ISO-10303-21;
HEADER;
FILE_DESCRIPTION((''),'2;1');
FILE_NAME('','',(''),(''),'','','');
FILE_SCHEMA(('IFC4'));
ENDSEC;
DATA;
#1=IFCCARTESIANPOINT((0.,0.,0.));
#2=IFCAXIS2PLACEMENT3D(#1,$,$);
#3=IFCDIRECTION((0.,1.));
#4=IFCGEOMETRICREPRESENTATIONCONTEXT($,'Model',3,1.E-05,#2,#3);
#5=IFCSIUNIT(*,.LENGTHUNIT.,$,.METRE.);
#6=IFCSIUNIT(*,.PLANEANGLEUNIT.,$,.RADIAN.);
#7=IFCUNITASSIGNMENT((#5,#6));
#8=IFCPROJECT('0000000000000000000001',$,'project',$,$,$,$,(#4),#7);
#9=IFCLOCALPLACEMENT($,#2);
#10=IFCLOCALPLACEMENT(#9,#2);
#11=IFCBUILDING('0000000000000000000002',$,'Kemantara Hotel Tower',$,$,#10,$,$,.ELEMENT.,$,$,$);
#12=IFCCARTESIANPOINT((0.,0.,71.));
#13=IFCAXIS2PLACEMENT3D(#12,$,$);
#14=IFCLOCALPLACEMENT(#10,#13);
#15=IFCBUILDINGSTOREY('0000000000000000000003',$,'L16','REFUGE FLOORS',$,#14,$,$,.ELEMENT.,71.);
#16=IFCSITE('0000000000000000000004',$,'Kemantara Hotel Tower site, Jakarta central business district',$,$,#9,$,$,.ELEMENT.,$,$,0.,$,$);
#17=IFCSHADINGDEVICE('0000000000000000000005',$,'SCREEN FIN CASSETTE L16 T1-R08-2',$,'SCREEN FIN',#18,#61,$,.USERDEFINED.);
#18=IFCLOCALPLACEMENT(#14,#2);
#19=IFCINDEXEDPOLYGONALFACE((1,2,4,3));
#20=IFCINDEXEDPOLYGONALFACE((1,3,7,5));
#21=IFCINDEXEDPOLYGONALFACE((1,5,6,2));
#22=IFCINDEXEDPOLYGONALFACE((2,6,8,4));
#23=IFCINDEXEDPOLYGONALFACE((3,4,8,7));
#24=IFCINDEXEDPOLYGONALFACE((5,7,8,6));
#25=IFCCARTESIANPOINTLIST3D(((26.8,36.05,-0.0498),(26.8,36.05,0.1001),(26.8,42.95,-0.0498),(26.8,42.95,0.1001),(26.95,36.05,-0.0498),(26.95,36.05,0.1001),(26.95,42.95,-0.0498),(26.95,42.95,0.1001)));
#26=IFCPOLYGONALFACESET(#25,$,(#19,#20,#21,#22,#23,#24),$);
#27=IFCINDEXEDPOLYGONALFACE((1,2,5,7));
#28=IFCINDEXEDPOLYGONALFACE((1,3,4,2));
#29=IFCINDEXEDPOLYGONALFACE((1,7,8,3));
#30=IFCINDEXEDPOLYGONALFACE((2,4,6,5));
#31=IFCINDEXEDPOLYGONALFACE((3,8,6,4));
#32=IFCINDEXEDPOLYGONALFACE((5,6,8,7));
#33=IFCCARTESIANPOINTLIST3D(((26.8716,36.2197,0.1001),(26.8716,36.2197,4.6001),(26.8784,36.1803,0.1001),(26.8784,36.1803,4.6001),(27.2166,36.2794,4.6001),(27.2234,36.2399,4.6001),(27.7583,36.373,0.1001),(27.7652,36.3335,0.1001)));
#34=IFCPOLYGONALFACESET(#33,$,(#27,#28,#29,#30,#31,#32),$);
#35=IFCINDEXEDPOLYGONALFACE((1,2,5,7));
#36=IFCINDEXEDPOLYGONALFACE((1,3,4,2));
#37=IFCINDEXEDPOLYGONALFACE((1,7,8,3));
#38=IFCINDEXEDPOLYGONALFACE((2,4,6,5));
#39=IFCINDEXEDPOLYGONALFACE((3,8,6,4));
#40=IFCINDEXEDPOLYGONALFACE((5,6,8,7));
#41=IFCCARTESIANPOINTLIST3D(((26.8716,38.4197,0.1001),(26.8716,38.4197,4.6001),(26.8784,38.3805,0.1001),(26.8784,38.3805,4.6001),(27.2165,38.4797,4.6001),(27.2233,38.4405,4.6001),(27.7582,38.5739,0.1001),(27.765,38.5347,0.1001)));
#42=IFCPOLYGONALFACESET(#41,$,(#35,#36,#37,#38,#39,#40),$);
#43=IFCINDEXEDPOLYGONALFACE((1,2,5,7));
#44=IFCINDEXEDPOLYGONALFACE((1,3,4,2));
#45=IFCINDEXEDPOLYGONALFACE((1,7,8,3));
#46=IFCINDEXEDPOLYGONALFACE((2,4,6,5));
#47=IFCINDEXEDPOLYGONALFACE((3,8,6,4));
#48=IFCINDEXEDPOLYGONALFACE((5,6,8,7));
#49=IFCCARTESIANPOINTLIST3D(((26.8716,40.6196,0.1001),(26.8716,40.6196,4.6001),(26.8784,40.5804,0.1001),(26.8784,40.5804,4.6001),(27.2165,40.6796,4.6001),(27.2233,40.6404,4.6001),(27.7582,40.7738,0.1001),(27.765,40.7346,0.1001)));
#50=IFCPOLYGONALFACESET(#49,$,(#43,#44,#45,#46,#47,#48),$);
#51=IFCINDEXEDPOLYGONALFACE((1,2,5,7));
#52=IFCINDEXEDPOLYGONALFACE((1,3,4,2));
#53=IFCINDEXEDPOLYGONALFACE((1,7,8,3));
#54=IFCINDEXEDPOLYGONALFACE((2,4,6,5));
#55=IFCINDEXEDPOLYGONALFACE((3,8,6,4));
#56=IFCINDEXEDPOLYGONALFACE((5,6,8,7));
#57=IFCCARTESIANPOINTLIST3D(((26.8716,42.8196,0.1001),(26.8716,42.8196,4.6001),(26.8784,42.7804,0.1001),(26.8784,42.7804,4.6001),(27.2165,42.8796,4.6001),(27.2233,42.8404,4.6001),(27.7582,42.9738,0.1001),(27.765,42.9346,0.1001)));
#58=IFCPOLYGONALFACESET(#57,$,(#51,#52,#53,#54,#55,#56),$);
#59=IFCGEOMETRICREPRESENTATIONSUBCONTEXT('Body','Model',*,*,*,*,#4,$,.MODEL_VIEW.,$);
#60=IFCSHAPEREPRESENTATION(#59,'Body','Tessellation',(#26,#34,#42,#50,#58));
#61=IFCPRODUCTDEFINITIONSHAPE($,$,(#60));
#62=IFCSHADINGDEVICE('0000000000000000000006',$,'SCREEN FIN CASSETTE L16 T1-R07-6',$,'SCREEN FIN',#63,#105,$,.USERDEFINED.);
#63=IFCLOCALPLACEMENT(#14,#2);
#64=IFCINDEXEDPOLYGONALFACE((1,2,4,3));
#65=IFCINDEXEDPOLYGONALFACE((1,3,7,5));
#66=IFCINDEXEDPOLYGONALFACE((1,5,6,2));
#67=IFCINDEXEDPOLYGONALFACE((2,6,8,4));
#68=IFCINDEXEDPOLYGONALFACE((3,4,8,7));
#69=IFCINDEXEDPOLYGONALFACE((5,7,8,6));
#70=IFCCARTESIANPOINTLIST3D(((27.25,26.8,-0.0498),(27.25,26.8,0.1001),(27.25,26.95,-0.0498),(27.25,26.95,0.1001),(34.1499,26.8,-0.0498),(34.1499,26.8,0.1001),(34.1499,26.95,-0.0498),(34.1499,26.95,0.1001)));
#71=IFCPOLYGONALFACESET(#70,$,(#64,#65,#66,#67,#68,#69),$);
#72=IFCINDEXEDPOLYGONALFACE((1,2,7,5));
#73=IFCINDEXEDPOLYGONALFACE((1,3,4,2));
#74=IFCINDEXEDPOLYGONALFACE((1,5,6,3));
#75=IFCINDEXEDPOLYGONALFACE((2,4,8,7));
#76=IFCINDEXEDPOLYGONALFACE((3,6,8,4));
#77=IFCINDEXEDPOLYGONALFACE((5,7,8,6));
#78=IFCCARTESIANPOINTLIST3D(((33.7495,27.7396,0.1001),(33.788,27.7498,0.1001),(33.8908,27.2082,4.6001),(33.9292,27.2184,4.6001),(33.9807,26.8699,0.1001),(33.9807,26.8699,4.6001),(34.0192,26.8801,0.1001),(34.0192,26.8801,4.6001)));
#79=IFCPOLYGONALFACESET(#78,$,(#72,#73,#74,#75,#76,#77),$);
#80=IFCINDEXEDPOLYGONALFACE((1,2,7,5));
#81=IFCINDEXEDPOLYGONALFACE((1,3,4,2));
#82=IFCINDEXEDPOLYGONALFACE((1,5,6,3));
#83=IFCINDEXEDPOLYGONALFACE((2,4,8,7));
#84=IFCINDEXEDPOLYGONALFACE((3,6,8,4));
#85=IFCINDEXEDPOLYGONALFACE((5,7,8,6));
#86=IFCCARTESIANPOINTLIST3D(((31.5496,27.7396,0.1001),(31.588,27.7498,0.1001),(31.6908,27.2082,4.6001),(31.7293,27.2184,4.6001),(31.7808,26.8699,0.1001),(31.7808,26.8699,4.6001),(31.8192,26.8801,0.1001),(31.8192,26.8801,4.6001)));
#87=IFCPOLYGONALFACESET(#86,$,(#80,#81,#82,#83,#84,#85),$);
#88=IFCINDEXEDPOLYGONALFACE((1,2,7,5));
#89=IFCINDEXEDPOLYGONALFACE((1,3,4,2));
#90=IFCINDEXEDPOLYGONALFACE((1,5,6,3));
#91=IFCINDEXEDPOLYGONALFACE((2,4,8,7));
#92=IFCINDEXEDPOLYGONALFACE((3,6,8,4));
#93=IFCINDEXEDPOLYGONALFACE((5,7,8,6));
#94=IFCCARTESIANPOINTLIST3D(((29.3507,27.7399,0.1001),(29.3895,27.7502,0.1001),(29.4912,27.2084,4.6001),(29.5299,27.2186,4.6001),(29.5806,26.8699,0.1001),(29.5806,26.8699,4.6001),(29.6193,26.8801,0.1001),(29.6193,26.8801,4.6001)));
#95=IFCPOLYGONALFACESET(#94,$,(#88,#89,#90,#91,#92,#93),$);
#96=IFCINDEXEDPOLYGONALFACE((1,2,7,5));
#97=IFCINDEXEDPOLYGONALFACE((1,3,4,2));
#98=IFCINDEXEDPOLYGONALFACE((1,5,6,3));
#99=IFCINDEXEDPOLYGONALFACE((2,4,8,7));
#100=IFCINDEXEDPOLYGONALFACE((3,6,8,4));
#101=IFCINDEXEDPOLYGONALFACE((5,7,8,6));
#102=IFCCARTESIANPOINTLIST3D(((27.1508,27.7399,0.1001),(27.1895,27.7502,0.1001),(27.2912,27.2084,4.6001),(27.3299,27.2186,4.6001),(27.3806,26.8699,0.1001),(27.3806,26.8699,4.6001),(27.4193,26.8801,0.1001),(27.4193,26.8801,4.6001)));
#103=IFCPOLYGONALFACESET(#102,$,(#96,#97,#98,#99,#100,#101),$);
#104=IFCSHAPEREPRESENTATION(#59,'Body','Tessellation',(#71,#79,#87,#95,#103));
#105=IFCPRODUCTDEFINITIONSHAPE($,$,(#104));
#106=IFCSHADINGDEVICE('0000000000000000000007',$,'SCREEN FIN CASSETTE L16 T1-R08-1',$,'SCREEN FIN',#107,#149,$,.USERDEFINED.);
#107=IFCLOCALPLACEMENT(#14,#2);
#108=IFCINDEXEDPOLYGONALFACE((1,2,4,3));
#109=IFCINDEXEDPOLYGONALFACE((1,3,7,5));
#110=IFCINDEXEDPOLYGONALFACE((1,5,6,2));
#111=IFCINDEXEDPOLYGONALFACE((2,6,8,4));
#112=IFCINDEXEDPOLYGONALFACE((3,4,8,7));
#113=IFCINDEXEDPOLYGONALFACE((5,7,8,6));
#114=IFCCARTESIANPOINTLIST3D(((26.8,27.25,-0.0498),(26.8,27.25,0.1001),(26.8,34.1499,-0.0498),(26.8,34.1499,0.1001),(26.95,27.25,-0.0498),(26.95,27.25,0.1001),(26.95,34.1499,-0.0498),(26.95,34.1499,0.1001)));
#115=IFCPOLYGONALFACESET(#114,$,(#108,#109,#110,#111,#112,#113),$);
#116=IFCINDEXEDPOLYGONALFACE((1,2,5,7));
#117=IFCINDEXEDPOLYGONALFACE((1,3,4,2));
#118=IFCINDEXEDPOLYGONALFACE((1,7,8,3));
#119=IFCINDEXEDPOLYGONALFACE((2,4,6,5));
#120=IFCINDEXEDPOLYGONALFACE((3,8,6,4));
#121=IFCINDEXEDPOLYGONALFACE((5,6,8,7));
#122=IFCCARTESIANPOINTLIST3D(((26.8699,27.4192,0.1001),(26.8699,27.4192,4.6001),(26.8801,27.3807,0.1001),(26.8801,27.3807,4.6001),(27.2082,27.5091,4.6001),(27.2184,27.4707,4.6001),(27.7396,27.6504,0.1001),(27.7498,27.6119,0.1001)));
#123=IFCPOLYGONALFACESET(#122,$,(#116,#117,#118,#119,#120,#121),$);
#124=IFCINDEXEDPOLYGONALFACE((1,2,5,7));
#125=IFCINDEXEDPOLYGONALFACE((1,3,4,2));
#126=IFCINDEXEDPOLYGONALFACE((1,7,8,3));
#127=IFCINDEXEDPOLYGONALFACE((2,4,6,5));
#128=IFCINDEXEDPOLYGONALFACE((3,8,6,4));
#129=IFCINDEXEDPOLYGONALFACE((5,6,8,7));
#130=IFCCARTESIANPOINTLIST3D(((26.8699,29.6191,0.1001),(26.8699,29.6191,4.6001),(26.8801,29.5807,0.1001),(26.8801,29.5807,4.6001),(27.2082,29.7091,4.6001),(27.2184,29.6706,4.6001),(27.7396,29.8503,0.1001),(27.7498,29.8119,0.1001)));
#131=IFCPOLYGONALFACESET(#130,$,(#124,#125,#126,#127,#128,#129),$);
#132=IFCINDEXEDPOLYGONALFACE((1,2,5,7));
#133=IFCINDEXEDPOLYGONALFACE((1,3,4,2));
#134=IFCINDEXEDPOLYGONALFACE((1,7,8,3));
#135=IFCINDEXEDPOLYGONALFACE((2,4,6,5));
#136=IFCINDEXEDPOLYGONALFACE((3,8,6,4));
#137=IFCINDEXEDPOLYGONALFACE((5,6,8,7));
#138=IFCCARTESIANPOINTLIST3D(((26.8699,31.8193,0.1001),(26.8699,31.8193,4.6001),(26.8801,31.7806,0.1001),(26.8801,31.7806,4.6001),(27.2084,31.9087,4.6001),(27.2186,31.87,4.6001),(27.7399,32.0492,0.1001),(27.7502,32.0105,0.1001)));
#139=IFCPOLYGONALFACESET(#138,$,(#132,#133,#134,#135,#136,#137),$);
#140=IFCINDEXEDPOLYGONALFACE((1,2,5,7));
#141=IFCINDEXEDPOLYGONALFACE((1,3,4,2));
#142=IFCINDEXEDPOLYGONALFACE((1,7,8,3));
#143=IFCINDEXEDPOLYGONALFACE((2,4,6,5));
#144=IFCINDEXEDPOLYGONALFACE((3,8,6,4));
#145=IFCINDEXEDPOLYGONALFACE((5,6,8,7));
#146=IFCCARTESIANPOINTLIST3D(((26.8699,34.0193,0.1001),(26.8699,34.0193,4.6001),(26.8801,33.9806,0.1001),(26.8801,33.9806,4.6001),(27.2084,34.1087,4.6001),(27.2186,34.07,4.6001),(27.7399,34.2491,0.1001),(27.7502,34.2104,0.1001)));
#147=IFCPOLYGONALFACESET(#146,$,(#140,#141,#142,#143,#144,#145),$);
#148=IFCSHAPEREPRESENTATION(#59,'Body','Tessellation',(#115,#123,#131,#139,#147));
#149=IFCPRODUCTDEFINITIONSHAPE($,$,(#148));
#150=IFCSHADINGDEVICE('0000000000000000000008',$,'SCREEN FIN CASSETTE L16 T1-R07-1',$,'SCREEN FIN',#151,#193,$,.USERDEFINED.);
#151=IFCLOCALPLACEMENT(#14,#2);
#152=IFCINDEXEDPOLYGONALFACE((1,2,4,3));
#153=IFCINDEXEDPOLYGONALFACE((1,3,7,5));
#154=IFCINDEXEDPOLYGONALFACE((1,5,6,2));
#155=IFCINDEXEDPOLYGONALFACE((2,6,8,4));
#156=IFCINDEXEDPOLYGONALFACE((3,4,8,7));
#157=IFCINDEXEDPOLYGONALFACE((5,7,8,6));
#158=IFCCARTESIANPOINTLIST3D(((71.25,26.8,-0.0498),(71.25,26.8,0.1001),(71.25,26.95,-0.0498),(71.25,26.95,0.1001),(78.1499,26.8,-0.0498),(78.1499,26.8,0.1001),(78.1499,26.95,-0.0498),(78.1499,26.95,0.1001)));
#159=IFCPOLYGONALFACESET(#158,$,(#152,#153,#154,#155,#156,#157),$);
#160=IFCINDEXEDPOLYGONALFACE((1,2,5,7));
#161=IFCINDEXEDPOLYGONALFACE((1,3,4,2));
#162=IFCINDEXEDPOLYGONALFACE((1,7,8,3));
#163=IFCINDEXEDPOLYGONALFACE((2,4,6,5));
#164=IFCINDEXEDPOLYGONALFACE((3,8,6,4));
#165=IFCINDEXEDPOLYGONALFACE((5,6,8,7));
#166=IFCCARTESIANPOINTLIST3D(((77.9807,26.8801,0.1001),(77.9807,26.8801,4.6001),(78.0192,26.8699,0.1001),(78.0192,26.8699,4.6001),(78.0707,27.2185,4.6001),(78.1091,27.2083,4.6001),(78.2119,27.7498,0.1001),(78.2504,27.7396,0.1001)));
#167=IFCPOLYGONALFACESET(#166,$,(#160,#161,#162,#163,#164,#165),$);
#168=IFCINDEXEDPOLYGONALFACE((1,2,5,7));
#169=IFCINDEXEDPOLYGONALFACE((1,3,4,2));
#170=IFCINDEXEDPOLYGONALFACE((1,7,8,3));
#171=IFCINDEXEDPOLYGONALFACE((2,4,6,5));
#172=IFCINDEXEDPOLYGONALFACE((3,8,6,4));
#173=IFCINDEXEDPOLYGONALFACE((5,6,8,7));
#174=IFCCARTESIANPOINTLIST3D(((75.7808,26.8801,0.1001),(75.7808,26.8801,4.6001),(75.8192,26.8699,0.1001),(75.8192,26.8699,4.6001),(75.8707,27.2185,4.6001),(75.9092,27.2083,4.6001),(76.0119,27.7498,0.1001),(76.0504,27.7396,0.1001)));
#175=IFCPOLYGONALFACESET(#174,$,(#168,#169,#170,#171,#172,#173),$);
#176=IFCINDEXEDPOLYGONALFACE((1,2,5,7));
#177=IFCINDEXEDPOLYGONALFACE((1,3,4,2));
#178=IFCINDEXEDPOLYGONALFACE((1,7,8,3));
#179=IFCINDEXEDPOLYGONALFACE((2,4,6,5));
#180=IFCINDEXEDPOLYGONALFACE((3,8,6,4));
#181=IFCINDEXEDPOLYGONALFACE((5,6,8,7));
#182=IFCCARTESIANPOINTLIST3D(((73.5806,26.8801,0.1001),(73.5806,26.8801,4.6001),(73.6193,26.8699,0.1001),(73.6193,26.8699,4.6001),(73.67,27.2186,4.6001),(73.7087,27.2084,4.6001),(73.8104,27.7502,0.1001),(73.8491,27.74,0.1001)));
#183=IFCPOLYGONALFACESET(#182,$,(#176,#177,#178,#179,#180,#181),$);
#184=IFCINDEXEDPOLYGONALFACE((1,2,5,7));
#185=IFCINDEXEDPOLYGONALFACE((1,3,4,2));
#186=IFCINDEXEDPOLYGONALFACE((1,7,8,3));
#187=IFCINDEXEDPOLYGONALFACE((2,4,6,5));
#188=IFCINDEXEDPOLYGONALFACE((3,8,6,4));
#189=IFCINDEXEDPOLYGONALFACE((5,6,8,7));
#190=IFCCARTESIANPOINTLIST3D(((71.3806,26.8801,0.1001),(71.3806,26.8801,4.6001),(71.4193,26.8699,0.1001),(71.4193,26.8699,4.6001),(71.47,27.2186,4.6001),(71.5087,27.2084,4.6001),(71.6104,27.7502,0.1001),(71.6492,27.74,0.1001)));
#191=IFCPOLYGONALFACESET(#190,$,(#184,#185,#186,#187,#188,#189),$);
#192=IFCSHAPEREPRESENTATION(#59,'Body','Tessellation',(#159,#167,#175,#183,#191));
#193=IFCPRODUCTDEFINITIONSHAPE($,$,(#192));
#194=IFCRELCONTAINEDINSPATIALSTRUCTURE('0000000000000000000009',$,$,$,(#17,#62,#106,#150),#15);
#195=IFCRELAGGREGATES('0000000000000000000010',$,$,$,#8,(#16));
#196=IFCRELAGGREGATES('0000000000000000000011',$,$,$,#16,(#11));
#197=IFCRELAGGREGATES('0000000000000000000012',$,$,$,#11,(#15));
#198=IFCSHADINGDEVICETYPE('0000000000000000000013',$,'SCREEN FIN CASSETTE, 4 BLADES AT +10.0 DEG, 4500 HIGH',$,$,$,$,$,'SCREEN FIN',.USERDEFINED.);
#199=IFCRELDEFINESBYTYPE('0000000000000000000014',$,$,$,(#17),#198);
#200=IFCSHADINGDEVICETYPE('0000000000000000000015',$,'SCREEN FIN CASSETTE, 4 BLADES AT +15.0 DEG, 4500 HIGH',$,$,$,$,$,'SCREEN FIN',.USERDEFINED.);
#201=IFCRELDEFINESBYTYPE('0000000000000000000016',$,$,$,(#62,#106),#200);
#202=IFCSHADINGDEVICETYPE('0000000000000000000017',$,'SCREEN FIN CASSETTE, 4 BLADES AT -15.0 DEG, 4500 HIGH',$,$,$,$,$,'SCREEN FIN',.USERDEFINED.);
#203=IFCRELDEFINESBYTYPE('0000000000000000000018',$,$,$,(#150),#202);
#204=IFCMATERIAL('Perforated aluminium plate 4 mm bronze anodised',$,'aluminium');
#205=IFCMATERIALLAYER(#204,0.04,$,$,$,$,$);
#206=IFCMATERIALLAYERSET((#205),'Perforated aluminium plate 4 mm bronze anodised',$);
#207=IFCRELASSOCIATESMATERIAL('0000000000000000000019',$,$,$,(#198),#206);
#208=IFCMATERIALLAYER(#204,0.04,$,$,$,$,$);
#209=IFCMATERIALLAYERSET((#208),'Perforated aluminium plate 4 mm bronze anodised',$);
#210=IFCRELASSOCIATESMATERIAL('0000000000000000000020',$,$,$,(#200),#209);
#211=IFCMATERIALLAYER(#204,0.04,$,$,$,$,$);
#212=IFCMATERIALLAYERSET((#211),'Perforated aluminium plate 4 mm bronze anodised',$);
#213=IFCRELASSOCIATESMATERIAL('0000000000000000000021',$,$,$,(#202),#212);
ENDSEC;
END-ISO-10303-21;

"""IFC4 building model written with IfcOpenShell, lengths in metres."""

from ifc_helpers import new_model, si_unit, direction, frame, origin, origin_2d, place, context, subcontext, project, spatial, polyline, rectangle, outline, extrude, source, transform, mapped, material, layer, layer_set, type_object, element, save


model = new_model("IFC4")

# Units and contexts
model_context = context("Model", 3, precision=1e-05, world=origin(), true_north=direction((0.0, 1.0)))
body_context = subcontext(model_context, "Body", "Model", "MODEL_VIEW")
ifc_project = project(units=[si_unit("LENGTHUNIT", "METRE"), si_unit("PLANEANGLEUNIT", "RADIAN")], contexts=[model_context])

# Site, building, storey
site_placement = place(None, origin())
site = spatial("IfcSite", under=ifc_project, at=site_placement, Name="Kemantara Hotel Tower site, Jakarta central business district", CompositionType="ELEMENT", RefElevation=0.0)
building_placement = place(site_placement, origin())
building = spatial("IfcBuilding", under=site, at=building_placement, Name="Kemantara Hotel Tower", CompositionType="ELEMENT")
storey_placement = place(building_placement, frame((0.0, 0.0, 71.0)))
storey = spatial("IfcBuildingStorey", under=building, at=storey_placement, Name="L16", Description="REFUGE FLOORS", CompositionType="ELEMENT", Elevation=71.0)

# Shading devices
ifc_material_1 = material(Name="Perforated aluminium plate 4 mm bronze anodised", Category="aluminium")
ifc_layer_1 = layer(ifc_material_1, 0.04)
ifc_layer_set_1 = layer_set([ifc_layer_1], Name="Perforated aluminium plate 4 mm bronze anodised")
shading_device_type_1 = type_object("IfcShadingDeviceType", Name="SCREEN FIN CASSETTE, 4 BLADES AT +10.0 DEG, 4500 HIGH", ElementType="SCREEN FIN", PredefinedType="USERDEFINED", material=ifc_layer_set_1)
shared_shape_1 = source(origin(), body_context, "Body", "SweptSolid", [
    extrude(rectangle(XDim=6.8999, YDim=0.1499, at=origin_2d()), frame((3.3, -0.075, -0.1499), z_axis=(0.0, 0.0, 1.0), x_axis=(1.0, 0.0, 0.0)), (0.0, 0.0, 1.0), 0.1499),
    extrude(outline(polyline([(0.0, 0.0), (0.8999, 0.0), (0.3501, 4.5), (0.0, 4.5), (0.0, 0.0)])), frame((0.0198, -0.0715, 0.0), z_axis=(-0.98539, -0.170314, 0.0), x_axis=(0.170314, -0.98539, 0.0)), (0.0, 0.0, 1.0), 0.04),
    extrude(outline(polyline([(0.0, 0.0), (0.8999, 0.0), (0.3501, 4.5), (0.0, 4.5), (0.0, 0.0)])), frame((2.2197, -0.0715, 0.0), z_axis=(-0.985212, -0.171341, 0.0), x_axis=(0.171341, -0.985212, 0.0)), (0.0, 0.0, 1.0), 0.0398),
    extrude(outline(polyline([(0.0, 0.0), (0.8999, 0.0), (0.3501, 4.5), (0.0, 4.5), (0.0, 0.0)])), frame((4.4197, -0.0715, 0.0), z_axis=(-0.985212, -0.171341, 0.0), x_axis=(0.171341, -0.985212, 0.0)), (0.0, 0.0, 1.0), 0.0398),
    extrude(outline(polyline([(0.0, 0.0), (0.8999, 0.0), (0.3501, 4.5), (0.0, 4.5), (0.0, 0.0)])), frame((6.6196, -0.0715, 0.0), z_axis=(-0.985212, -0.171341, 0.0), x_axis=(0.171341, -0.985212, 0.0)), (0.0, 0.0, 1.0), 0.0398),
])
for number, where, z_axis, x_axis, name in (
    (1, (26.8, 36.2, 0.1001), (0.0, 0.0, 1.0), (0.0, 1.0, 0.0), "SCREEN FIN CASSETTE L16 T1-R08-2"),
):
    element("IfcShadingDevice", number, at=place(storey_placement, frame(where, z_axis=z_axis, x_axis=x_axis)), inside=storey, type_object=shading_device_type_1, Name=name, ObjectType="SCREEN FIN", PredefinedType="USERDEFINED", context=body_context, shape_type="MappedRepresentation", body=[
        mapped(shared_shape_1, transform((0.0, 0.0, 0.0))),
    ])
ifc_layer_2 = layer(ifc_material_1, 0.04)
ifc_layer_set_2 = layer_set([ifc_layer_2], Name="Perforated aluminium plate 4 mm bronze anodised")
shading_device_type_2 = type_object("IfcShadingDeviceType", Name="SCREEN FIN CASSETTE, 4 BLADES AT +15.0 DEG, 4500 HIGH", ElementType="SCREEN FIN", PredefinedType="USERDEFINED", material=ifc_layer_set_2)
shared_shape_2 = source(origin(), body_context, "Body", "SweptSolid", [
    extrude(rectangle(XDim=6.8999, YDim=0.1499, at=origin_2d()), frame((3.3, -0.075, -0.1499), z_axis=(0.0, 0.0, 1.0), x_axis=(1.0, 0.0, 0.0)), (0.0, 0.0, 1.0), 0.1499),
    extrude(outline(polyline([(0.0, 0.0), (0.8999, 0.0), (0.3501, 4.5), (0.0, 4.5), (0.0, 0.0)])), frame((0.0193, -0.0698, 0.0), z_axis=(-0.966438, -0.256901, 0.0), x_axis=(0.256901, -0.966438, 0.0)), (0.0, 0.0, 1.0), 0.0398),
    extrude(outline(polyline([(0.0, 0.0), (0.8999, 0.0), (0.3501, 4.5), (0.0, 4.5), (0.0, 0.0)])), frame((2.2192, -0.0698, 0.0), z_axis=(-0.966438, -0.256901, 0.0), x_axis=(0.256901, -0.966438, 0.0)), (0.0, 0.0, 1.0), 0.0398),
    extrude(outline(polyline([(0.0, 0.0), (0.8999, 0.0), (0.3501, 4.5), (0.0, 4.5), (0.0, 0.0)])), frame((4.4194, -0.0698, 0.0), z_axis=(-0.966838, -0.255391, 0.0), x_axis=(0.255391, -0.966838, 0.0)), (0.0, 0.0, 1.0), 0.04),
    extrude(outline(polyline([(0.0, 0.0), (0.8999, 0.0), (0.3501, 4.5), (0.0, 4.5), (0.0, 0.0)])), frame((6.6194, -0.0698, 0.0), z_axis=(-0.966838, -0.255391, 0.0), x_axis=(0.255391, -0.966838, 0.0)), (0.0, 0.0, 1.0), 0.04),
])
for number, where, z_axis, x_axis, name in (
    (2, (34.0, 26.8, 0.1001), (0.0, 0.0, 1.0), (-1.0, 0.0, 0.0), "SCREEN FIN CASSETTE L16 T1-R07-6"),
    (3, (26.8, 27.3999, 0.1001), (0.0, 0.0, 1.0), (0.0, 1.0, 0.0), "SCREEN FIN CASSETTE L16 T1-R08-1"),
):
    element("IfcShadingDevice", number, at=place(storey_placement, frame(where, z_axis=z_axis, x_axis=x_axis)), inside=storey, type_object=shading_device_type_2, Name=name, ObjectType="SCREEN FIN", PredefinedType="USERDEFINED", context=body_context, shape_type="MappedRepresentation", body=[
        mapped(shared_shape_2, transform((0.0, 0.0, 0.0))),
    ])
ifc_layer_3 = layer(ifc_material_1, 0.04)
ifc_layer_set_3 = layer_set([ifc_layer_3], Name="Perforated aluminium plate 4 mm bronze anodised")
shading_device_type_3 = type_object("IfcShadingDeviceType", Name="SCREEN FIN CASSETTE, 4 BLADES AT -15.0 DEG, 4500 HIGH", ElementType="SCREEN FIN", PredefinedType="USERDEFINED", material=ifc_layer_set_3)
shared_shape_3 = source(origin(), body_context, "Body", "SweptSolid", [
    extrude(rectangle(XDim=6.8999, YDim=0.1499, at=origin_2d()), frame((3.3, -0.075, -0.1499), z_axis=(0.0, 0.0, 1.0), x_axis=(1.0, 0.0, 0.0)), (0.0, 0.0, 1.0), 0.1499),
    extrude(outline(polyline([(0.0, 0.0), (0.8999, 0.0), (0.3501, 4.5), (0.0, 4.5), (0.0, 0.0)])), frame((0.0193, -0.0801, 0.0), z_axis=(-0.966438, 0.256901, 0.0), x_axis=(-0.256901, -0.966438, 0.0)), (0.0, 0.0, 1.0), 0.0398),
    extrude(outline(polyline([(0.0, 0.0), (0.8999, 0.0), (0.3501, 4.5), (0.0, 4.5), (0.0, 0.0)])), frame((2.2192, -0.0801, 0.0), z_axis=(-0.966438, 0.256901, 0.0), x_axis=(-0.256901, -0.966438, 0.0)), (0.0, 0.0, 1.0), 0.0398),
    extrude(outline(polyline([(0.0, 0.0), (0.8999, 0.0), (0.3501, 4.5), (0.0, 4.5), (0.0, 0.0)])), frame((4.4194, -0.0801, 0.0), z_axis=(-0.966838, 0.255391, 0.0), x_axis=(-0.255391, -0.966838, 0.0)), (0.0, 0.0, 1.0), 0.04),
    extrude(outline(polyline([(0.0, 0.0), (0.8999, 0.0), (0.3501, 4.5), (0.0, 4.5), (0.0, 0.0)])), frame((6.6194, -0.0801, 0.0), z_axis=(-0.966838, 0.255391, 0.0), x_axis=(-0.255391, -0.966838, 0.0)), (0.0, 0.0, 1.0), 0.04),
])
shading_device_1_placement = place(storey_placement, frame((78.0, 26.8, 0.1001), z_axis=(0.0, 0.0, 1.0), x_axis=(-1.0, 0.0, 0.0)))
element("IfcShadingDevice", 4, at=shading_device_1_placement, inside=storey, type_object=shading_device_type_3, Name="SCREEN FIN CASSETTE L16 T1-R07-1", ObjectType="SCREEN FIN", PredefinedType="USERDEFINED", context=body_context, shape_type="MappedRepresentation", body=[
    mapped(shared_shape_3, transform((0.0, 0.0, 0.0))),
])

save(model, "model.ifc")
